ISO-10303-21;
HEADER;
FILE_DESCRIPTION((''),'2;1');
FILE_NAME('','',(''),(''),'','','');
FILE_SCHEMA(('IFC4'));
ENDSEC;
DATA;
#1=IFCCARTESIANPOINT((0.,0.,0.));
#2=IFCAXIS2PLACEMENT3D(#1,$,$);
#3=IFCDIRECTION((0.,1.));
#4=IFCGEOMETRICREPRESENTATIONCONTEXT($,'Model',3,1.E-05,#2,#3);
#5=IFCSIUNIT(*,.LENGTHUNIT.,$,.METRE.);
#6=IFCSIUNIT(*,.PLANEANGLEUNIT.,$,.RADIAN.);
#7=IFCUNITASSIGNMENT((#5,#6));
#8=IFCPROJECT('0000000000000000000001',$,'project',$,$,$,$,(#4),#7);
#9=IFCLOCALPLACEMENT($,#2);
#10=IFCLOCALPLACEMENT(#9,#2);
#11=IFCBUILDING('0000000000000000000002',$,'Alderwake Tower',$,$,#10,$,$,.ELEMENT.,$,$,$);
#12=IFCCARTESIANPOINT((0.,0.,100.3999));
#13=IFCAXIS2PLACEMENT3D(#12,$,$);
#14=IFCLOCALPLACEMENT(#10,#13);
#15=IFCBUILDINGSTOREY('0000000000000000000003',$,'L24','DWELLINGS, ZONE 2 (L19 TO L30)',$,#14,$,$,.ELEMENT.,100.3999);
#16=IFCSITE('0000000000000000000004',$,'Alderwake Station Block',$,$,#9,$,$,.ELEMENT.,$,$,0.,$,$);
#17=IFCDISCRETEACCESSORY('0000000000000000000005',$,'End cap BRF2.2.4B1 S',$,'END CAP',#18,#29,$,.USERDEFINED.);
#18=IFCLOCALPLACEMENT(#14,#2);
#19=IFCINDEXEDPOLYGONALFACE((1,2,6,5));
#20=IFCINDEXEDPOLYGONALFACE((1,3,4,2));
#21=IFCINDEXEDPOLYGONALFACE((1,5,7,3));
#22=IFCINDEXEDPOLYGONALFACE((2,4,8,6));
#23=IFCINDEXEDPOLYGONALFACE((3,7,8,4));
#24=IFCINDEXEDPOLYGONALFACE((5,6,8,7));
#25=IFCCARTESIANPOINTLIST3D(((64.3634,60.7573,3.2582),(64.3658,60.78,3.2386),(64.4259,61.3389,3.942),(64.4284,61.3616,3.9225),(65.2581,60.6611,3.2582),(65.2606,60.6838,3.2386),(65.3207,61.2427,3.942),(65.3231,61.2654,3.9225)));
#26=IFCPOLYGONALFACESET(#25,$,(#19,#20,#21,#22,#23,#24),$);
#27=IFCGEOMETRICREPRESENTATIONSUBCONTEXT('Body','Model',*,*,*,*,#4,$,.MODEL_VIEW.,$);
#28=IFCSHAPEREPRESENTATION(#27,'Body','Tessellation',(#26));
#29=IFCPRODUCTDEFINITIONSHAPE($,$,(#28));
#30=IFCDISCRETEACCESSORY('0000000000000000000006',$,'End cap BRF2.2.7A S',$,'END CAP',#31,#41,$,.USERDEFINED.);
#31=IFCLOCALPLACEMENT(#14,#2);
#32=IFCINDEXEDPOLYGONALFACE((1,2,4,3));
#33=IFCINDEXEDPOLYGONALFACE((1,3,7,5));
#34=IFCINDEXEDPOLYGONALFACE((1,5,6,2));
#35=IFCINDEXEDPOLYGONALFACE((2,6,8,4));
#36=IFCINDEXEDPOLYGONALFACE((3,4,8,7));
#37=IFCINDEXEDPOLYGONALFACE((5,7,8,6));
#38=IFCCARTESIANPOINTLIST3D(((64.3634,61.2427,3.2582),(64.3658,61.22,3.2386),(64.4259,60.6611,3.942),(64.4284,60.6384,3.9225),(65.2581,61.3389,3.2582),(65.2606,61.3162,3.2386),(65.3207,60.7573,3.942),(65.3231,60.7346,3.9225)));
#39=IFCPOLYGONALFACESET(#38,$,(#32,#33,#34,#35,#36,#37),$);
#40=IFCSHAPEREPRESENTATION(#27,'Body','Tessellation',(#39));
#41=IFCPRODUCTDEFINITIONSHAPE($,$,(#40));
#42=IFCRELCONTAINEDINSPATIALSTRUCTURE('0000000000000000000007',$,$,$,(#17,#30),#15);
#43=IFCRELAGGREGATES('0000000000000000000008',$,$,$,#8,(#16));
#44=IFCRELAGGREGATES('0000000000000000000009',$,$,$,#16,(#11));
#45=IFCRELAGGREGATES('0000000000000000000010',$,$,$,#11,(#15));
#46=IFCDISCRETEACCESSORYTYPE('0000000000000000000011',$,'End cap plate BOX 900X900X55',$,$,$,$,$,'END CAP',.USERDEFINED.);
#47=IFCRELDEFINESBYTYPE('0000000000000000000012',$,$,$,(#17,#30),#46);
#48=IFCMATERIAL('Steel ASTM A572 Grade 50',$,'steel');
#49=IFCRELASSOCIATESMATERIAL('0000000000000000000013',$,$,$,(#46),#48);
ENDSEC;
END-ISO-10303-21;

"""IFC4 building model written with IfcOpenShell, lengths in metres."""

from ifc_helpers import new_model, si_unit, direction, frame, origin, origin_2d, place, context, subcontext, project, spatial, rectangle, extrude, material, material_profile, profile_set, type_object, element, save


model = new_model("IFC4")

# Units and contexts
model_context = context("Model", 3, precision=1e-05, world=origin(), true_north=direction((0.0, 1.0)))
body_context = subcontext(model_context, "Body", "Model", "MODEL_VIEW")
ifc_project = project(units=[si_unit("LENGTHUNIT", "METRE"), si_unit("PLANEANGLEUNIT", "RADIAN")], contexts=[model_context])

# Site, building, storey
site_placement = place(None, origin())
site = spatial("IfcSite", under=ifc_project, at=site_placement, Name="Alderwake Station Block", CompositionType="ELEMENT", RefElevation=0.0)
building_placement = place(site_placement, origin())
building = spatial("IfcBuilding", under=site, at=building_placement, Name="Alderwake Tower", CompositionType="ELEMENT")
storey_placement = place(building_placement, frame((0.0, 0.0, 100.3999)))
storey = spatial("IfcBuildingStorey", under=building, at=storey_placement, Name="L24", Description="DWELLINGS, ZONE 2 (L19 TO L30)", CompositionType="ELEMENT", Elevation=100.3999)

# Discrete accessories
ifc_material_1 = material(Name="Steel ASTM A572 Grade 50", Category="steel")
ifc_material_profile_1 = material_profile(ifc_material_1, rectangle(XDim=0.8999, YDim=0.8999, at=origin_2d()), Name="BOX 900X900X55 cap")
ifc_profile_set_1 = profile_set([ifc_material_profile_1], Name="Steel ASTM A572 Grade 50")
discrete_accessory_type = type_object("IfcDiscreteAccessoryType", Name="End cap plate BOX 900X900X55", ElementType="END CAP", PredefinedType="USERDEFINED", material=ifc_profile_set_1)
for number, where, z_axis, x_axis, name in (
    (1, (64.842, 61.0, 3.6001), (0.081247, 0.755598, -0.649977), (-0.994269, 0.106911, 0.0), "End cap BRF2.2.4B1 S"),
    (2, (64.842, 61.0, 3.6001), (0.081247, -0.755598, -0.649977), (0.994269, 0.106911, 0.0), "End cap BRF2.2.7A S"),
):
    element("IfcDiscreteAccessory", number, at=place(storey_placement, frame(where, z_axis=z_axis, x_axis=x_axis)), inside=storey, type_object=discrete_accessory_type, Name=name, ObjectType="END CAP", PredefinedType="USERDEFINED", context=body_context, shape_type="SweptSolid", body=[
        extrude(rectangle(XDim=0.8999, YDim=0.8999, at=origin_2d()), origin(), (0.0, 0.0, 1.0), 0.03),
    ])

save(model, "model.ifc")
